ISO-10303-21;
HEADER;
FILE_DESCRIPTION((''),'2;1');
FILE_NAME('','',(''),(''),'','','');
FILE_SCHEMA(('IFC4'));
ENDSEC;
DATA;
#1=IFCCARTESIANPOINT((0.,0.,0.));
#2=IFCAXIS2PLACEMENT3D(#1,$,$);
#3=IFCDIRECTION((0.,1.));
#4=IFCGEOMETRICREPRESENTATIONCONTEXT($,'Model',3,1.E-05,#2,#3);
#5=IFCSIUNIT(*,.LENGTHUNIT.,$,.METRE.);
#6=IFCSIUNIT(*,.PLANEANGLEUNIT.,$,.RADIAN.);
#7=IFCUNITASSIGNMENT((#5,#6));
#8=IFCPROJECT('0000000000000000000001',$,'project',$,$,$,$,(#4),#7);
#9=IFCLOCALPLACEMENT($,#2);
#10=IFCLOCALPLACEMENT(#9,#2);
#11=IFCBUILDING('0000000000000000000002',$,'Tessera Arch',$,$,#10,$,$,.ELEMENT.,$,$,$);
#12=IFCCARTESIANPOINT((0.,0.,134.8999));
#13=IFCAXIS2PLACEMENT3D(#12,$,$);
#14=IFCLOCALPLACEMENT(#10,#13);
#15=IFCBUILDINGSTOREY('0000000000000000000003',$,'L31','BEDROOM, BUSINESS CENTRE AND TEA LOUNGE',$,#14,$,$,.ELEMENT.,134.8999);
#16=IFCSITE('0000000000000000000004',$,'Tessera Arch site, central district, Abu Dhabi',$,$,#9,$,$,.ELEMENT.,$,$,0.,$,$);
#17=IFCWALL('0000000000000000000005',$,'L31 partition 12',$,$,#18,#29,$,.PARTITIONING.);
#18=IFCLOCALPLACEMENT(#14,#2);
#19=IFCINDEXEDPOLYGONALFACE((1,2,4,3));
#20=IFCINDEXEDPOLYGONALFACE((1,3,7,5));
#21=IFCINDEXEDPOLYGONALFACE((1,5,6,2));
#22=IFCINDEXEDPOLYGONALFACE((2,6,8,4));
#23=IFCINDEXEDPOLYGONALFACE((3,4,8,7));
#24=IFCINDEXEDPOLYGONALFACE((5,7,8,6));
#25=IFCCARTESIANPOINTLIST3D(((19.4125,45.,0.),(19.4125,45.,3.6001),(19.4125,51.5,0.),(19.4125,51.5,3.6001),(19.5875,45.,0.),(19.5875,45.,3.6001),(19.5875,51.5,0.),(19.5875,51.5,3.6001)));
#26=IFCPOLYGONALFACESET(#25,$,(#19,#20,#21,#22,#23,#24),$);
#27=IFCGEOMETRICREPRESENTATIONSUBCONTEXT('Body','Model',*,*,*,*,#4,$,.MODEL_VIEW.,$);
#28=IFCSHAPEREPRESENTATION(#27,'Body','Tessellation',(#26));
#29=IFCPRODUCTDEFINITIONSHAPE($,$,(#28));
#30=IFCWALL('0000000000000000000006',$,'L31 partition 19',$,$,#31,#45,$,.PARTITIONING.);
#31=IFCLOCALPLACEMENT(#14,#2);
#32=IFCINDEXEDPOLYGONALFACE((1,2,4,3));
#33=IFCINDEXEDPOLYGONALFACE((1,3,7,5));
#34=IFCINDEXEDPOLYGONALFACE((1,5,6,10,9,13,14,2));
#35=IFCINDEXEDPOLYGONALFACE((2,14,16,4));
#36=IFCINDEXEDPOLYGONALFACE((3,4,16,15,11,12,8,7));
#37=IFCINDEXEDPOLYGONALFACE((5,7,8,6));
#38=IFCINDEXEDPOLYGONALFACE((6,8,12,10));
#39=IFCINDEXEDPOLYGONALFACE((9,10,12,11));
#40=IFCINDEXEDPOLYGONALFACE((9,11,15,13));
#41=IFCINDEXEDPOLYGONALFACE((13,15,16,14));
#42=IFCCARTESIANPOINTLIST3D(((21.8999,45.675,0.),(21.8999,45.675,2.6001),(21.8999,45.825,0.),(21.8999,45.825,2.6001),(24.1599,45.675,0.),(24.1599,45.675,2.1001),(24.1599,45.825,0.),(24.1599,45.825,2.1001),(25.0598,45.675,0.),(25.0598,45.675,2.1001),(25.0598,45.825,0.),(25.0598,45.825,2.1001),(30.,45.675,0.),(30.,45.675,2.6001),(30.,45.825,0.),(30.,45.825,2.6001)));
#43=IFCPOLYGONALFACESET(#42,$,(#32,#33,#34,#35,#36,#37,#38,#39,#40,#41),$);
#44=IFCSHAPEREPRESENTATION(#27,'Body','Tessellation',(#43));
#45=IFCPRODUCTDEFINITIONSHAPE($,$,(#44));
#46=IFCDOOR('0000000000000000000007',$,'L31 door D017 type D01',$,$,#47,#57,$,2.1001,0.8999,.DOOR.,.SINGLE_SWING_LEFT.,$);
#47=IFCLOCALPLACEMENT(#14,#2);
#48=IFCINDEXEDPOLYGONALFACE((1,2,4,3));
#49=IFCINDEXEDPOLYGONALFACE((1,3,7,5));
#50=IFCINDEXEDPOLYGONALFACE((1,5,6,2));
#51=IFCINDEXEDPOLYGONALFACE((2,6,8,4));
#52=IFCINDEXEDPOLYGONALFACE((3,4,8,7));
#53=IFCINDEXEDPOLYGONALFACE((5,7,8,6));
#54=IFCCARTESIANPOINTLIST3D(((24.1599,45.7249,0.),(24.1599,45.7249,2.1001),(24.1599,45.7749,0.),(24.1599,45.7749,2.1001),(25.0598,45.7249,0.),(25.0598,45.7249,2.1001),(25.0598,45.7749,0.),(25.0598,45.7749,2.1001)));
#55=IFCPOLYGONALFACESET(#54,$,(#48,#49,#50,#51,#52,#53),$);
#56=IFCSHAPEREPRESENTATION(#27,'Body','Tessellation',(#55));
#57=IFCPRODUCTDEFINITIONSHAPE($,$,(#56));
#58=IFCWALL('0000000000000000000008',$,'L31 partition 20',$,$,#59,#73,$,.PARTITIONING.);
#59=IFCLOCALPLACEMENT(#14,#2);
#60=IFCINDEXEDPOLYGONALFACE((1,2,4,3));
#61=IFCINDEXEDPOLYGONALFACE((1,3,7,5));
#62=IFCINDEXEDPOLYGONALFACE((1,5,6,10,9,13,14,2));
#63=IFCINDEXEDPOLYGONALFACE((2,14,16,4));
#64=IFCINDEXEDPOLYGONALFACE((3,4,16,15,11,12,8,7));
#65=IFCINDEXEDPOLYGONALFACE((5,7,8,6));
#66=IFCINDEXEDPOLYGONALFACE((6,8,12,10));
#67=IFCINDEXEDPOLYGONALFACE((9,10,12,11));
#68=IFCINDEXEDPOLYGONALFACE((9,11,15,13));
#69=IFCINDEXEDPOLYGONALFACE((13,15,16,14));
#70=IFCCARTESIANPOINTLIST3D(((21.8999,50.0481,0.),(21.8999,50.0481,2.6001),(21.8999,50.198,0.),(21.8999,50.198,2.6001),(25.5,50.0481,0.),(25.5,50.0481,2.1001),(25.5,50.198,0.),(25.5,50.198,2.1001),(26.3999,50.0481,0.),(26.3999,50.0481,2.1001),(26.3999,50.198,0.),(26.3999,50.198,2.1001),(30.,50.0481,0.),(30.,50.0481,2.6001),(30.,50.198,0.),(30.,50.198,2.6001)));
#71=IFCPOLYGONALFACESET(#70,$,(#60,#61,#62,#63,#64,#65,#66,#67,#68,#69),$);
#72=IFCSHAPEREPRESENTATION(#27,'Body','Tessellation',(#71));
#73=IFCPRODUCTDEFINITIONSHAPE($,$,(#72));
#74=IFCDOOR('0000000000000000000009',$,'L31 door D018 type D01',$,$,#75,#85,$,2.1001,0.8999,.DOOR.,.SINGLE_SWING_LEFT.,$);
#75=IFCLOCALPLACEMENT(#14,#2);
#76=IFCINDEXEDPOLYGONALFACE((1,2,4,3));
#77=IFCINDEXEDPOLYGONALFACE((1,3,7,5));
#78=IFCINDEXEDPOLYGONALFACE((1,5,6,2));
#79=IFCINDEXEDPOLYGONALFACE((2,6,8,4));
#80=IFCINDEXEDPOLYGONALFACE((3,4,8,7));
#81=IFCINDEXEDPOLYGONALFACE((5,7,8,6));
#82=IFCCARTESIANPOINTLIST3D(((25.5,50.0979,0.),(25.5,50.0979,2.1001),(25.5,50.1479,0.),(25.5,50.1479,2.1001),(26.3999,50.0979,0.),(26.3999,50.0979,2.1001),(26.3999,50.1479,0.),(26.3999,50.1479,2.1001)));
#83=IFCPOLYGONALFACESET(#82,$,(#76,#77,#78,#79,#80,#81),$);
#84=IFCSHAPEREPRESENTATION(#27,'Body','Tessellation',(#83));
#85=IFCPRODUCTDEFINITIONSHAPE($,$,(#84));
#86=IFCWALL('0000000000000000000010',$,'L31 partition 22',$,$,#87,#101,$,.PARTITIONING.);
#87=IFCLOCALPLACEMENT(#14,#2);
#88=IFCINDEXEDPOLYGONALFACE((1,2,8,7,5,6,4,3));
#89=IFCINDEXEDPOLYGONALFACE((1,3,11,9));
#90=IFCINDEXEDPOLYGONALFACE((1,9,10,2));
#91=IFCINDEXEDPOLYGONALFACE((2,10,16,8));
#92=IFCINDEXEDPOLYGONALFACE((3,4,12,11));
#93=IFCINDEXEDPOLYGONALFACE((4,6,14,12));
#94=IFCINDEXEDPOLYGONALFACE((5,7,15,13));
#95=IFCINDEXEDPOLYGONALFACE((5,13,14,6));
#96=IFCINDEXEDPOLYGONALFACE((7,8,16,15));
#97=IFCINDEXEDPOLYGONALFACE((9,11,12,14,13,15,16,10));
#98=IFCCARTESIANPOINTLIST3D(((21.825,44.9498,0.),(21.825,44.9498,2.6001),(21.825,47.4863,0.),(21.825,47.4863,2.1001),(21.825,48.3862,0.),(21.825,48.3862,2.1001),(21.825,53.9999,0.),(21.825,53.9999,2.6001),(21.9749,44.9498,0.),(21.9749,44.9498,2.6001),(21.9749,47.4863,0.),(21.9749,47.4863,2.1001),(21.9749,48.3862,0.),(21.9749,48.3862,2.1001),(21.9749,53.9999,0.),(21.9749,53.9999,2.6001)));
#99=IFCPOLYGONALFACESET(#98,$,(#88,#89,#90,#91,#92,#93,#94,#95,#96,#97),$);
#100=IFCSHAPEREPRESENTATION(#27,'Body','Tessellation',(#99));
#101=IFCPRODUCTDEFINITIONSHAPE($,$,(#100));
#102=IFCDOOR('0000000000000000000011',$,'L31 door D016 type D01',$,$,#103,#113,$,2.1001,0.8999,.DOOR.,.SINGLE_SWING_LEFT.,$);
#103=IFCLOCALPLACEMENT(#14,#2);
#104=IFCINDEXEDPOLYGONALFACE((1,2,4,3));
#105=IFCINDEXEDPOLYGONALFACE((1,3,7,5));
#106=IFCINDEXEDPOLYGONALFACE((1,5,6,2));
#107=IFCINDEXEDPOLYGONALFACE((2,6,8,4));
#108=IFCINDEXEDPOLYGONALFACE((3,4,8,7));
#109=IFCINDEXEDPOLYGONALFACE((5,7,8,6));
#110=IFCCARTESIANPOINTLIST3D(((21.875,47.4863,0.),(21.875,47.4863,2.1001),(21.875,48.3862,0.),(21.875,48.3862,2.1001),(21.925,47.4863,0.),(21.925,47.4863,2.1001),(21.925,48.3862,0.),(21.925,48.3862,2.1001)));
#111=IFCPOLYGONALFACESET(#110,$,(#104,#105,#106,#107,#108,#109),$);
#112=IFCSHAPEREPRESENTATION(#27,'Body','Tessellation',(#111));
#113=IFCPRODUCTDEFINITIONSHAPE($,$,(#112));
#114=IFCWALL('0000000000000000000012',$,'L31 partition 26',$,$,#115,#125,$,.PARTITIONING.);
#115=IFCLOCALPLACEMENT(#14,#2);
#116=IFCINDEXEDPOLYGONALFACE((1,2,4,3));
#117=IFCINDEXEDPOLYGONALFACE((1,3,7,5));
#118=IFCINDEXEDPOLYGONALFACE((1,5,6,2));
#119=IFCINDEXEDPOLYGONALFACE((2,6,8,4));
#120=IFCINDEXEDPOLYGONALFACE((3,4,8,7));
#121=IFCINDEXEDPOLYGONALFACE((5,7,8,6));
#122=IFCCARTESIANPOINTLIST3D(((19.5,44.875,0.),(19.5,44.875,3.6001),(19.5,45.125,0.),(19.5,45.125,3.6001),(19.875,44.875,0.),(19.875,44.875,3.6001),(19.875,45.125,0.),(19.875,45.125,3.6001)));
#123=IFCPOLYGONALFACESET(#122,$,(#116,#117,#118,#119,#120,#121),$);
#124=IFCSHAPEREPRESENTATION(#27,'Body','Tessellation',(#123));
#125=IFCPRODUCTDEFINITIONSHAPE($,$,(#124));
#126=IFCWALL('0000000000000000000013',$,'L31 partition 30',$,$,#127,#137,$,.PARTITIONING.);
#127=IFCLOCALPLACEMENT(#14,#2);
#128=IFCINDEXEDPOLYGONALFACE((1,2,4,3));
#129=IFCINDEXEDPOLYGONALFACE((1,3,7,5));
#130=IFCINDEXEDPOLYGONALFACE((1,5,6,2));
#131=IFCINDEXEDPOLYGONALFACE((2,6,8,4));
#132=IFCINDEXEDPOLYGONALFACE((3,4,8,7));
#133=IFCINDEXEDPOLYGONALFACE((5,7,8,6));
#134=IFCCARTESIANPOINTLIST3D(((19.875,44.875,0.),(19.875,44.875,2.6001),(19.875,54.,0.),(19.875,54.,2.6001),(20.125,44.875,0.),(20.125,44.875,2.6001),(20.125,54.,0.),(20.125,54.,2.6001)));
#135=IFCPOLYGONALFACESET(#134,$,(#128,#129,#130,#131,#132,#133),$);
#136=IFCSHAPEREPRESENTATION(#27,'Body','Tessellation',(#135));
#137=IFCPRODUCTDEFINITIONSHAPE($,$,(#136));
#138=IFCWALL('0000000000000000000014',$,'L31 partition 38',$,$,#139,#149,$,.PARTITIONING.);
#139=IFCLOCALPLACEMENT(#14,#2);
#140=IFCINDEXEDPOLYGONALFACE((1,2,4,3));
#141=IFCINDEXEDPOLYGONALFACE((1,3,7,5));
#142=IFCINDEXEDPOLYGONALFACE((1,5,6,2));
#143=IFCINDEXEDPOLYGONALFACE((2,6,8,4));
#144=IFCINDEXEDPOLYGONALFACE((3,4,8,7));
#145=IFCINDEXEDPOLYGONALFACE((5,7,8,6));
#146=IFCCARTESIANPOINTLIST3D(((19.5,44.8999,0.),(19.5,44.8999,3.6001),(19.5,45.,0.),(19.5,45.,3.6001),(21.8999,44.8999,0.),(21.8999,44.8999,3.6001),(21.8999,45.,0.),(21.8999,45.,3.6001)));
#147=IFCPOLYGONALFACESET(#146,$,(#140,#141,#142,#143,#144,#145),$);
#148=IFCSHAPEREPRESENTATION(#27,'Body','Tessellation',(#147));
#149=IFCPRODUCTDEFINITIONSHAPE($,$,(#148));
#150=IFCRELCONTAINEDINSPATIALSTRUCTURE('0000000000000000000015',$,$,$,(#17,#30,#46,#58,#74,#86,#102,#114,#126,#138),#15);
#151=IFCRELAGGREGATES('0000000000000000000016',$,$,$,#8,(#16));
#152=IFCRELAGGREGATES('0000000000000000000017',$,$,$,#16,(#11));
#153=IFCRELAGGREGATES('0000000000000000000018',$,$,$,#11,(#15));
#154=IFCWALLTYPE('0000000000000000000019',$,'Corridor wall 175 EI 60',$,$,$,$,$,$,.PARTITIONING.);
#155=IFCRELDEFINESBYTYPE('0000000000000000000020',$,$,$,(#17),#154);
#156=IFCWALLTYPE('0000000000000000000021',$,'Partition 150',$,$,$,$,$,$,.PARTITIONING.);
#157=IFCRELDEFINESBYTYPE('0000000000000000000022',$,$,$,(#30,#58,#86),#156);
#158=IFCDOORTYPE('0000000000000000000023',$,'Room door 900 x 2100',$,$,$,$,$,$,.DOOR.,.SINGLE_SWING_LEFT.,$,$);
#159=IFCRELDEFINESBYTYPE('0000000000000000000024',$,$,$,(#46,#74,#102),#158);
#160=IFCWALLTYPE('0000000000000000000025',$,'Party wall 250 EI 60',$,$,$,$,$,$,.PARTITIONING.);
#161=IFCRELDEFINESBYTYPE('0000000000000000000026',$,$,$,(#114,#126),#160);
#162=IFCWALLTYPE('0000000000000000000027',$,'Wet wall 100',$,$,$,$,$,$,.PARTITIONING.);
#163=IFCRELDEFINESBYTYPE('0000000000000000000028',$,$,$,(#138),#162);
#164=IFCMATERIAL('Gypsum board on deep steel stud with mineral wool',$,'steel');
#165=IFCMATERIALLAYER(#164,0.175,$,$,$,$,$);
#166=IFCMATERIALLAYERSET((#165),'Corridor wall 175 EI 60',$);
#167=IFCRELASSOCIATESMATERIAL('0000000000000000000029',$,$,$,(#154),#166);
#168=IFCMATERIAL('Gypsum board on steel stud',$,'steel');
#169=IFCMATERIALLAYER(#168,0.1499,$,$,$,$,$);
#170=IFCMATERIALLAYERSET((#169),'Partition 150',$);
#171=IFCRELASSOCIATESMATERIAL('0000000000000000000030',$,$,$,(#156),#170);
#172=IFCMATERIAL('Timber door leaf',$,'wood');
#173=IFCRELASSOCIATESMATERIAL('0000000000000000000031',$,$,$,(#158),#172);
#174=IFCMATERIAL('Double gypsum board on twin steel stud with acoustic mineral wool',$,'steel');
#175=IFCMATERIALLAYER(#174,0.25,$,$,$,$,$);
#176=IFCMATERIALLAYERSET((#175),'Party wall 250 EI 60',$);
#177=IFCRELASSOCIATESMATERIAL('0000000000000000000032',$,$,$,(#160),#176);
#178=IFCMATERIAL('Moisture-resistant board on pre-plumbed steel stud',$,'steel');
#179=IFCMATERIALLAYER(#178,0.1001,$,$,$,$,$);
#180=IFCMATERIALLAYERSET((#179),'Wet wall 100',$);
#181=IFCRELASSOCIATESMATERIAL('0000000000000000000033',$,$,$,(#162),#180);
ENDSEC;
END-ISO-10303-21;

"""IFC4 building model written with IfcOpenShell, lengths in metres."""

from ifc_helpers import new_model, si_unit, direction, frame, frame_2d, origin, place, context, subcontext, project, spatial, rectangle, extrude, material, layer, layer_set, type_object, element, fill, save


model = new_model("IFC4")

# Units and contexts
model_context = context("Model", 3, precision=1e-05, world=origin(), true_north=direction((0.0, 1.0)))
body_context = subcontext(model_context, "Body", "Model", "MODEL_VIEW")
ifc_project = project(units=[si_unit("LENGTHUNIT", "METRE"), si_unit("PLANEANGLEUNIT", "RADIAN")], contexts=[model_context])

# Site, building, storey
site_placement = place(None, origin())
site = spatial("IfcSite", under=ifc_project, at=site_placement, Name="Tessera Arch site, central district, Abu Dhabi", CompositionType="ELEMENT", RefElevation=0.0)
building_placement = place(site_placement, origin())
building = spatial("IfcBuilding", under=site, at=building_placement, Name="Tessera Arch", CompositionType="ELEMENT")
storey_placement = place(building_placement, frame((0.0, 0.0, 134.8999)))
storey = spatial("IfcBuildingStorey", under=building, at=storey_placement, Name="L31", Description="BEDROOM, BUSINESS CENTRE AND TEA LOUNGE", CompositionType="ELEMENT", Elevation=134.8999)

# Wall
ifc_material_1 = material(Name="Gypsum board on deep steel stud with mineral wool", Category="steel")
ifc_layer_1 = layer(ifc_material_1, 0.175)
ifc_layer_set_1 = layer_set([ifc_layer_1], Name="Corridor wall 175 EI 60")
wall_type_1 = type_object("IfcWallType", Name="Corridor wall 175 EI 60", PredefinedType="PARTITIONING", material=ifc_layer_set_1)
wall_1_placement = place(storey_placement, frame((19.5, 45.0, 0.0), z_axis=(0.0, 0.0, 1.0), x_axis=(0.0, 1.0, 0.0)))
element("IfcWall", 1, at=wall_1_placement, inside=storey, type_object=wall_type_1, Name="L31 partition 12", PredefinedType="PARTITIONING", context=body_context, shape_type="SweptSolid", body=[
    extrude(rectangle(XDim=6.5, YDim=0.175, at=frame_2d((3.25, 0.0))), origin(), (0.0, 0.0, 1.0), 3.6001),
])

# Walls, openings, doors
ifc_material_2 = material(Name="Gypsum board on steel stud", Category="steel")
ifc_layer_2 = layer(ifc_material_2, 0.1499)
ifc_layer_set_2 = layer_set([ifc_layer_2], Name="Partition 150")
wall_type_2 = type_object("IfcWallType", Name="Partition 150", PredefinedType="PARTITIONING", material=ifc_layer_set_2)
wall_2_placement = place(storey_placement, frame((21.8999, 45.75, 0.0), z_axis=(0.0, 0.0, 1.0), x_axis=(1.0, 0.0, 0.0)))
wall_2 = element("IfcWall", 2, at=wall_2_placement, inside=storey, type_object=wall_type_2, Name="L31 partition 19", PredefinedType="PARTITIONING", context=body_context, shape_type="SweptSolid", body=[
    extrude(rectangle(XDim=8.1001, YDim=0.1499, at=frame_2d((4.05, 0.0))), origin(), (0.0, 0.0, 1.0), 2.6001),
])
opening_1_placement = place(wall_2_placement, frame((2.26, 0.0, 0.0)))
opening_1 = element("IfcOpeningElement", 3, at=opening_1_placement, cuts=wall_2, PredefinedType="OPENING", context=body_context, shape_type="SweptSolid", body=[
    extrude(rectangle(XDim=0.8999, YDim=2.1001, at=frame_2d((0.45, 1.05))), frame((0.0, 0.085, 0.0), z_axis=(0.0, -1.0, 0.0), x_axis=(1.0, 0.0, 0.0)), (0.0, 0.0, 1.0), 0.1699),
])
ifc_material_3 = material(Name="Timber door leaf", Category="wood")
door_type_1 = type_object("IfcDoorType", Name="Room door 900 x 2100", OperationType="SINGLE_SWING_LEFT", PredefinedType="DOOR", material=ifc_material_3)
door_1_placement = place(opening_1_placement, origin())
door_1 = element("IfcDoor", 4, at=door_1_placement, inside=storey, type_object=door_type_1, Name="L31 door D017 type D01", OperationType="SINGLE_SWING_LEFT", OverallHeight=2.1001, OverallWidth=0.8999, PredefinedType="DOOR", context=body_context, shape_type="SweptSolid", body=[
    extrude(rectangle(XDim=0.8999, YDim=2.1001, at=frame_2d((0.45, 1.05))), frame((0.0, 0.0249, 0.0), z_axis=(0.0, -1.0, 0.0), x_axis=(1.0, 0.0, 0.0)), (0.0, 0.0, 1.0), 0.05),
])
fill(opening_1, door_1)
wall_3_placement = place(storey_placement, frame((21.8999, 50.123, 0.0), z_axis=(0.0, 0.0, 1.0), x_axis=(1.0, 0.0, 0.0)))
wall_3 = element("IfcWall", 5, at=wall_3_placement, inside=storey, type_object=wall_type_2, Name="L31 partition 20", PredefinedType="PARTITIONING", context=body_context, shape_type="SweptSolid", body=[
    extrude(rectangle(XDim=8.1001, YDim=0.1499, at=frame_2d((4.05, 0.0))), origin(), (0.0, 0.0, 1.0), 2.6001),
])
opening_2_placement = place(wall_3_placement, frame((3.6001, 0.0, 0.0)))
opening_2 = element("IfcOpeningElement", 6, at=opening_2_placement, cuts=wall_3, PredefinedType="OPENING", context=body_context, shape_type="SweptSolid", body=[
    extrude(rectangle(XDim=0.8999, YDim=2.1001, at=frame_2d((0.45, 1.05))), frame((0.0, 0.085, 0.0), z_axis=(0.0, -1.0, 0.0), x_axis=(1.0, 0.0, 0.0)), (0.0, 0.0, 1.0), 0.1699),
])
door_2_placement = place(opening_2_placement, origin())
door_2 = element("IfcDoor", 7, at=door_2_placement, inside=storey, type_object=door_type_1, Name="L31 door D018 type D01", OperationType="SINGLE_SWING_LEFT", OverallHeight=2.1001, OverallWidth=0.8999, PredefinedType="DOOR", context=body_context, shape_type="SweptSolid", body=[
    extrude(rectangle(XDim=0.8999, YDim=2.1001, at=frame_2d((0.45, 1.05))), frame((0.0, 0.0249, 0.0), z_axis=(0.0, -1.0, 0.0), x_axis=(1.0, 0.0, 0.0)), (0.0, 0.0, 1.0), 0.05),
])
fill(opening_2, door_2)
wall_4_placement = place(storey_placement, frame((21.8999, 44.95, 0.0), z_axis=(0.0, 0.0, 1.0), x_axis=(0.0, 1.0, 0.0)))
wall_4 = element("IfcWall", 8, at=wall_4_placement, inside=storey, type_object=wall_type_2, Name="L31 partition 22", PredefinedType="PARTITIONING", context=body_context, shape_type="SweptSolid", body=[
    extrude(rectangle(XDim=9.05, YDim=0.1499, at=frame_2d((4.5249, 0.0))), origin(), (0.0, 0.0, 1.0), 2.6001),
])
opening_3_placement = place(wall_4_placement, frame((2.5364, 0.0, 0.0)))
opening_3 = element("IfcOpeningElement", 9, at=opening_3_placement, cuts=wall_4, PredefinedType="OPENING", context=body_context, shape_type="SweptSolid", body=[
    extrude(rectangle(XDim=0.8999, YDim=2.1001, at=frame_2d((0.45, 1.05))), frame((0.0, 0.085, 0.0), z_axis=(0.0, -1.0, 0.0), x_axis=(1.0, 0.0, 0.0)), (0.0, 0.0, 1.0), 0.1699),
])
door_3_placement = place(opening_3_placement, origin())
door_3 = element("IfcDoor", 10, at=door_3_placement, inside=storey, type_object=door_type_1, Name="L31 door D016 type D01", OperationType="SINGLE_SWING_LEFT", OverallHeight=2.1001, OverallWidth=0.8999, PredefinedType="DOOR", context=body_context, shape_type="SweptSolid", body=[
    extrude(rectangle(XDim=0.8999, YDim=2.1001, at=frame_2d((0.45, 1.05))), frame((0.0, 0.0249, 0.0), z_axis=(0.0, -1.0, 0.0), x_axis=(1.0, 0.0, 0.0)), (0.0, 0.0, 1.0), 0.05),
])
fill(opening_3, door_3)

# Walls
ifc_material_4 = material(Name="Double gypsum board on twin steel stud with acoustic mineral wool", Category="steel")
ifc_layer_3 = layer(ifc_material_4, 0.25)
ifc_layer_set_3 = layer_set([ifc_layer_3], Name="Party wall 250 EI 60")
wall_type_3 = type_object("IfcWallType", Name="Party wall 250 EI 60", PredefinedType="PARTITIONING", material=ifc_layer_set_3)
wall_5_placement = place(storey_placement, frame((19.5, 45.0, 0.0), z_axis=(0.0, 0.0, 1.0), x_axis=(1.0, 0.0, 0.0)))
element("IfcWall", 11, at=wall_5_placement, inside=storey, type_object=wall_type_3, Name="L31 partition 26", PredefinedType="PARTITIONING", context=body_context, shape_type="SweptSolid", body=[
    extrude(rectangle(XDim=0.375, YDim=0.25, at=frame_2d((0.1875, 0.0))), origin(), (0.0, 0.0, 1.0), 3.6001),
])
wall_6_placement = place(storey_placement, frame((20.0, 44.875, 0.0), z_axis=(0.0, 0.0, 1.0), x_axis=(0.0, 1.0, 0.0)))
element("IfcWall", 12, at=wall_6_placement, inside=storey, type_object=wall_type_3, Name="L31 partition 30", PredefinedType="PARTITIONING", context=body_context, shape_type="SweptSolid", body=[
    extrude(rectangle(XDim=9.125, YDim=0.25, at=frame_2d((4.5625, 0.0))), origin(), (0.0, 0.0, 1.0), 2.6001),
])
ifc_material_5 = material(Name="Moisture-resistant board on pre-plumbed steel stud", Category="steel")
ifc_layer_4 = layer(ifc_material_5, 0.1001)
ifc_layer_set_4 = layer_set([ifc_layer_4], Name="Wet wall 100")
wall_type_4 = type_object("IfcWallType", Name="Wet wall 100", PredefinedType="PARTITIONING", material=ifc_layer_set_4)
wall_7_placement = place(storey_placement, frame((19.5, 44.95, 0.0), z_axis=(0.0, 0.0, 1.0), x_axis=(1.0, 0.0, 0.0)))
element("IfcWall", 13, at=wall_7_placement, inside=storey, type_object=wall_type_4, Name="L31 partition 38", PredefinedType="PARTITIONING", context=body_context, shape_type="SweptSolid", body=[
    extrude(rectangle(XDim=2.3999, YDim=0.1001, at=frame_2d((1.2, 0.0))), origin(), (0.0, 0.0, 1.0), 3.6001),
])

save(model, "model.ifc")
